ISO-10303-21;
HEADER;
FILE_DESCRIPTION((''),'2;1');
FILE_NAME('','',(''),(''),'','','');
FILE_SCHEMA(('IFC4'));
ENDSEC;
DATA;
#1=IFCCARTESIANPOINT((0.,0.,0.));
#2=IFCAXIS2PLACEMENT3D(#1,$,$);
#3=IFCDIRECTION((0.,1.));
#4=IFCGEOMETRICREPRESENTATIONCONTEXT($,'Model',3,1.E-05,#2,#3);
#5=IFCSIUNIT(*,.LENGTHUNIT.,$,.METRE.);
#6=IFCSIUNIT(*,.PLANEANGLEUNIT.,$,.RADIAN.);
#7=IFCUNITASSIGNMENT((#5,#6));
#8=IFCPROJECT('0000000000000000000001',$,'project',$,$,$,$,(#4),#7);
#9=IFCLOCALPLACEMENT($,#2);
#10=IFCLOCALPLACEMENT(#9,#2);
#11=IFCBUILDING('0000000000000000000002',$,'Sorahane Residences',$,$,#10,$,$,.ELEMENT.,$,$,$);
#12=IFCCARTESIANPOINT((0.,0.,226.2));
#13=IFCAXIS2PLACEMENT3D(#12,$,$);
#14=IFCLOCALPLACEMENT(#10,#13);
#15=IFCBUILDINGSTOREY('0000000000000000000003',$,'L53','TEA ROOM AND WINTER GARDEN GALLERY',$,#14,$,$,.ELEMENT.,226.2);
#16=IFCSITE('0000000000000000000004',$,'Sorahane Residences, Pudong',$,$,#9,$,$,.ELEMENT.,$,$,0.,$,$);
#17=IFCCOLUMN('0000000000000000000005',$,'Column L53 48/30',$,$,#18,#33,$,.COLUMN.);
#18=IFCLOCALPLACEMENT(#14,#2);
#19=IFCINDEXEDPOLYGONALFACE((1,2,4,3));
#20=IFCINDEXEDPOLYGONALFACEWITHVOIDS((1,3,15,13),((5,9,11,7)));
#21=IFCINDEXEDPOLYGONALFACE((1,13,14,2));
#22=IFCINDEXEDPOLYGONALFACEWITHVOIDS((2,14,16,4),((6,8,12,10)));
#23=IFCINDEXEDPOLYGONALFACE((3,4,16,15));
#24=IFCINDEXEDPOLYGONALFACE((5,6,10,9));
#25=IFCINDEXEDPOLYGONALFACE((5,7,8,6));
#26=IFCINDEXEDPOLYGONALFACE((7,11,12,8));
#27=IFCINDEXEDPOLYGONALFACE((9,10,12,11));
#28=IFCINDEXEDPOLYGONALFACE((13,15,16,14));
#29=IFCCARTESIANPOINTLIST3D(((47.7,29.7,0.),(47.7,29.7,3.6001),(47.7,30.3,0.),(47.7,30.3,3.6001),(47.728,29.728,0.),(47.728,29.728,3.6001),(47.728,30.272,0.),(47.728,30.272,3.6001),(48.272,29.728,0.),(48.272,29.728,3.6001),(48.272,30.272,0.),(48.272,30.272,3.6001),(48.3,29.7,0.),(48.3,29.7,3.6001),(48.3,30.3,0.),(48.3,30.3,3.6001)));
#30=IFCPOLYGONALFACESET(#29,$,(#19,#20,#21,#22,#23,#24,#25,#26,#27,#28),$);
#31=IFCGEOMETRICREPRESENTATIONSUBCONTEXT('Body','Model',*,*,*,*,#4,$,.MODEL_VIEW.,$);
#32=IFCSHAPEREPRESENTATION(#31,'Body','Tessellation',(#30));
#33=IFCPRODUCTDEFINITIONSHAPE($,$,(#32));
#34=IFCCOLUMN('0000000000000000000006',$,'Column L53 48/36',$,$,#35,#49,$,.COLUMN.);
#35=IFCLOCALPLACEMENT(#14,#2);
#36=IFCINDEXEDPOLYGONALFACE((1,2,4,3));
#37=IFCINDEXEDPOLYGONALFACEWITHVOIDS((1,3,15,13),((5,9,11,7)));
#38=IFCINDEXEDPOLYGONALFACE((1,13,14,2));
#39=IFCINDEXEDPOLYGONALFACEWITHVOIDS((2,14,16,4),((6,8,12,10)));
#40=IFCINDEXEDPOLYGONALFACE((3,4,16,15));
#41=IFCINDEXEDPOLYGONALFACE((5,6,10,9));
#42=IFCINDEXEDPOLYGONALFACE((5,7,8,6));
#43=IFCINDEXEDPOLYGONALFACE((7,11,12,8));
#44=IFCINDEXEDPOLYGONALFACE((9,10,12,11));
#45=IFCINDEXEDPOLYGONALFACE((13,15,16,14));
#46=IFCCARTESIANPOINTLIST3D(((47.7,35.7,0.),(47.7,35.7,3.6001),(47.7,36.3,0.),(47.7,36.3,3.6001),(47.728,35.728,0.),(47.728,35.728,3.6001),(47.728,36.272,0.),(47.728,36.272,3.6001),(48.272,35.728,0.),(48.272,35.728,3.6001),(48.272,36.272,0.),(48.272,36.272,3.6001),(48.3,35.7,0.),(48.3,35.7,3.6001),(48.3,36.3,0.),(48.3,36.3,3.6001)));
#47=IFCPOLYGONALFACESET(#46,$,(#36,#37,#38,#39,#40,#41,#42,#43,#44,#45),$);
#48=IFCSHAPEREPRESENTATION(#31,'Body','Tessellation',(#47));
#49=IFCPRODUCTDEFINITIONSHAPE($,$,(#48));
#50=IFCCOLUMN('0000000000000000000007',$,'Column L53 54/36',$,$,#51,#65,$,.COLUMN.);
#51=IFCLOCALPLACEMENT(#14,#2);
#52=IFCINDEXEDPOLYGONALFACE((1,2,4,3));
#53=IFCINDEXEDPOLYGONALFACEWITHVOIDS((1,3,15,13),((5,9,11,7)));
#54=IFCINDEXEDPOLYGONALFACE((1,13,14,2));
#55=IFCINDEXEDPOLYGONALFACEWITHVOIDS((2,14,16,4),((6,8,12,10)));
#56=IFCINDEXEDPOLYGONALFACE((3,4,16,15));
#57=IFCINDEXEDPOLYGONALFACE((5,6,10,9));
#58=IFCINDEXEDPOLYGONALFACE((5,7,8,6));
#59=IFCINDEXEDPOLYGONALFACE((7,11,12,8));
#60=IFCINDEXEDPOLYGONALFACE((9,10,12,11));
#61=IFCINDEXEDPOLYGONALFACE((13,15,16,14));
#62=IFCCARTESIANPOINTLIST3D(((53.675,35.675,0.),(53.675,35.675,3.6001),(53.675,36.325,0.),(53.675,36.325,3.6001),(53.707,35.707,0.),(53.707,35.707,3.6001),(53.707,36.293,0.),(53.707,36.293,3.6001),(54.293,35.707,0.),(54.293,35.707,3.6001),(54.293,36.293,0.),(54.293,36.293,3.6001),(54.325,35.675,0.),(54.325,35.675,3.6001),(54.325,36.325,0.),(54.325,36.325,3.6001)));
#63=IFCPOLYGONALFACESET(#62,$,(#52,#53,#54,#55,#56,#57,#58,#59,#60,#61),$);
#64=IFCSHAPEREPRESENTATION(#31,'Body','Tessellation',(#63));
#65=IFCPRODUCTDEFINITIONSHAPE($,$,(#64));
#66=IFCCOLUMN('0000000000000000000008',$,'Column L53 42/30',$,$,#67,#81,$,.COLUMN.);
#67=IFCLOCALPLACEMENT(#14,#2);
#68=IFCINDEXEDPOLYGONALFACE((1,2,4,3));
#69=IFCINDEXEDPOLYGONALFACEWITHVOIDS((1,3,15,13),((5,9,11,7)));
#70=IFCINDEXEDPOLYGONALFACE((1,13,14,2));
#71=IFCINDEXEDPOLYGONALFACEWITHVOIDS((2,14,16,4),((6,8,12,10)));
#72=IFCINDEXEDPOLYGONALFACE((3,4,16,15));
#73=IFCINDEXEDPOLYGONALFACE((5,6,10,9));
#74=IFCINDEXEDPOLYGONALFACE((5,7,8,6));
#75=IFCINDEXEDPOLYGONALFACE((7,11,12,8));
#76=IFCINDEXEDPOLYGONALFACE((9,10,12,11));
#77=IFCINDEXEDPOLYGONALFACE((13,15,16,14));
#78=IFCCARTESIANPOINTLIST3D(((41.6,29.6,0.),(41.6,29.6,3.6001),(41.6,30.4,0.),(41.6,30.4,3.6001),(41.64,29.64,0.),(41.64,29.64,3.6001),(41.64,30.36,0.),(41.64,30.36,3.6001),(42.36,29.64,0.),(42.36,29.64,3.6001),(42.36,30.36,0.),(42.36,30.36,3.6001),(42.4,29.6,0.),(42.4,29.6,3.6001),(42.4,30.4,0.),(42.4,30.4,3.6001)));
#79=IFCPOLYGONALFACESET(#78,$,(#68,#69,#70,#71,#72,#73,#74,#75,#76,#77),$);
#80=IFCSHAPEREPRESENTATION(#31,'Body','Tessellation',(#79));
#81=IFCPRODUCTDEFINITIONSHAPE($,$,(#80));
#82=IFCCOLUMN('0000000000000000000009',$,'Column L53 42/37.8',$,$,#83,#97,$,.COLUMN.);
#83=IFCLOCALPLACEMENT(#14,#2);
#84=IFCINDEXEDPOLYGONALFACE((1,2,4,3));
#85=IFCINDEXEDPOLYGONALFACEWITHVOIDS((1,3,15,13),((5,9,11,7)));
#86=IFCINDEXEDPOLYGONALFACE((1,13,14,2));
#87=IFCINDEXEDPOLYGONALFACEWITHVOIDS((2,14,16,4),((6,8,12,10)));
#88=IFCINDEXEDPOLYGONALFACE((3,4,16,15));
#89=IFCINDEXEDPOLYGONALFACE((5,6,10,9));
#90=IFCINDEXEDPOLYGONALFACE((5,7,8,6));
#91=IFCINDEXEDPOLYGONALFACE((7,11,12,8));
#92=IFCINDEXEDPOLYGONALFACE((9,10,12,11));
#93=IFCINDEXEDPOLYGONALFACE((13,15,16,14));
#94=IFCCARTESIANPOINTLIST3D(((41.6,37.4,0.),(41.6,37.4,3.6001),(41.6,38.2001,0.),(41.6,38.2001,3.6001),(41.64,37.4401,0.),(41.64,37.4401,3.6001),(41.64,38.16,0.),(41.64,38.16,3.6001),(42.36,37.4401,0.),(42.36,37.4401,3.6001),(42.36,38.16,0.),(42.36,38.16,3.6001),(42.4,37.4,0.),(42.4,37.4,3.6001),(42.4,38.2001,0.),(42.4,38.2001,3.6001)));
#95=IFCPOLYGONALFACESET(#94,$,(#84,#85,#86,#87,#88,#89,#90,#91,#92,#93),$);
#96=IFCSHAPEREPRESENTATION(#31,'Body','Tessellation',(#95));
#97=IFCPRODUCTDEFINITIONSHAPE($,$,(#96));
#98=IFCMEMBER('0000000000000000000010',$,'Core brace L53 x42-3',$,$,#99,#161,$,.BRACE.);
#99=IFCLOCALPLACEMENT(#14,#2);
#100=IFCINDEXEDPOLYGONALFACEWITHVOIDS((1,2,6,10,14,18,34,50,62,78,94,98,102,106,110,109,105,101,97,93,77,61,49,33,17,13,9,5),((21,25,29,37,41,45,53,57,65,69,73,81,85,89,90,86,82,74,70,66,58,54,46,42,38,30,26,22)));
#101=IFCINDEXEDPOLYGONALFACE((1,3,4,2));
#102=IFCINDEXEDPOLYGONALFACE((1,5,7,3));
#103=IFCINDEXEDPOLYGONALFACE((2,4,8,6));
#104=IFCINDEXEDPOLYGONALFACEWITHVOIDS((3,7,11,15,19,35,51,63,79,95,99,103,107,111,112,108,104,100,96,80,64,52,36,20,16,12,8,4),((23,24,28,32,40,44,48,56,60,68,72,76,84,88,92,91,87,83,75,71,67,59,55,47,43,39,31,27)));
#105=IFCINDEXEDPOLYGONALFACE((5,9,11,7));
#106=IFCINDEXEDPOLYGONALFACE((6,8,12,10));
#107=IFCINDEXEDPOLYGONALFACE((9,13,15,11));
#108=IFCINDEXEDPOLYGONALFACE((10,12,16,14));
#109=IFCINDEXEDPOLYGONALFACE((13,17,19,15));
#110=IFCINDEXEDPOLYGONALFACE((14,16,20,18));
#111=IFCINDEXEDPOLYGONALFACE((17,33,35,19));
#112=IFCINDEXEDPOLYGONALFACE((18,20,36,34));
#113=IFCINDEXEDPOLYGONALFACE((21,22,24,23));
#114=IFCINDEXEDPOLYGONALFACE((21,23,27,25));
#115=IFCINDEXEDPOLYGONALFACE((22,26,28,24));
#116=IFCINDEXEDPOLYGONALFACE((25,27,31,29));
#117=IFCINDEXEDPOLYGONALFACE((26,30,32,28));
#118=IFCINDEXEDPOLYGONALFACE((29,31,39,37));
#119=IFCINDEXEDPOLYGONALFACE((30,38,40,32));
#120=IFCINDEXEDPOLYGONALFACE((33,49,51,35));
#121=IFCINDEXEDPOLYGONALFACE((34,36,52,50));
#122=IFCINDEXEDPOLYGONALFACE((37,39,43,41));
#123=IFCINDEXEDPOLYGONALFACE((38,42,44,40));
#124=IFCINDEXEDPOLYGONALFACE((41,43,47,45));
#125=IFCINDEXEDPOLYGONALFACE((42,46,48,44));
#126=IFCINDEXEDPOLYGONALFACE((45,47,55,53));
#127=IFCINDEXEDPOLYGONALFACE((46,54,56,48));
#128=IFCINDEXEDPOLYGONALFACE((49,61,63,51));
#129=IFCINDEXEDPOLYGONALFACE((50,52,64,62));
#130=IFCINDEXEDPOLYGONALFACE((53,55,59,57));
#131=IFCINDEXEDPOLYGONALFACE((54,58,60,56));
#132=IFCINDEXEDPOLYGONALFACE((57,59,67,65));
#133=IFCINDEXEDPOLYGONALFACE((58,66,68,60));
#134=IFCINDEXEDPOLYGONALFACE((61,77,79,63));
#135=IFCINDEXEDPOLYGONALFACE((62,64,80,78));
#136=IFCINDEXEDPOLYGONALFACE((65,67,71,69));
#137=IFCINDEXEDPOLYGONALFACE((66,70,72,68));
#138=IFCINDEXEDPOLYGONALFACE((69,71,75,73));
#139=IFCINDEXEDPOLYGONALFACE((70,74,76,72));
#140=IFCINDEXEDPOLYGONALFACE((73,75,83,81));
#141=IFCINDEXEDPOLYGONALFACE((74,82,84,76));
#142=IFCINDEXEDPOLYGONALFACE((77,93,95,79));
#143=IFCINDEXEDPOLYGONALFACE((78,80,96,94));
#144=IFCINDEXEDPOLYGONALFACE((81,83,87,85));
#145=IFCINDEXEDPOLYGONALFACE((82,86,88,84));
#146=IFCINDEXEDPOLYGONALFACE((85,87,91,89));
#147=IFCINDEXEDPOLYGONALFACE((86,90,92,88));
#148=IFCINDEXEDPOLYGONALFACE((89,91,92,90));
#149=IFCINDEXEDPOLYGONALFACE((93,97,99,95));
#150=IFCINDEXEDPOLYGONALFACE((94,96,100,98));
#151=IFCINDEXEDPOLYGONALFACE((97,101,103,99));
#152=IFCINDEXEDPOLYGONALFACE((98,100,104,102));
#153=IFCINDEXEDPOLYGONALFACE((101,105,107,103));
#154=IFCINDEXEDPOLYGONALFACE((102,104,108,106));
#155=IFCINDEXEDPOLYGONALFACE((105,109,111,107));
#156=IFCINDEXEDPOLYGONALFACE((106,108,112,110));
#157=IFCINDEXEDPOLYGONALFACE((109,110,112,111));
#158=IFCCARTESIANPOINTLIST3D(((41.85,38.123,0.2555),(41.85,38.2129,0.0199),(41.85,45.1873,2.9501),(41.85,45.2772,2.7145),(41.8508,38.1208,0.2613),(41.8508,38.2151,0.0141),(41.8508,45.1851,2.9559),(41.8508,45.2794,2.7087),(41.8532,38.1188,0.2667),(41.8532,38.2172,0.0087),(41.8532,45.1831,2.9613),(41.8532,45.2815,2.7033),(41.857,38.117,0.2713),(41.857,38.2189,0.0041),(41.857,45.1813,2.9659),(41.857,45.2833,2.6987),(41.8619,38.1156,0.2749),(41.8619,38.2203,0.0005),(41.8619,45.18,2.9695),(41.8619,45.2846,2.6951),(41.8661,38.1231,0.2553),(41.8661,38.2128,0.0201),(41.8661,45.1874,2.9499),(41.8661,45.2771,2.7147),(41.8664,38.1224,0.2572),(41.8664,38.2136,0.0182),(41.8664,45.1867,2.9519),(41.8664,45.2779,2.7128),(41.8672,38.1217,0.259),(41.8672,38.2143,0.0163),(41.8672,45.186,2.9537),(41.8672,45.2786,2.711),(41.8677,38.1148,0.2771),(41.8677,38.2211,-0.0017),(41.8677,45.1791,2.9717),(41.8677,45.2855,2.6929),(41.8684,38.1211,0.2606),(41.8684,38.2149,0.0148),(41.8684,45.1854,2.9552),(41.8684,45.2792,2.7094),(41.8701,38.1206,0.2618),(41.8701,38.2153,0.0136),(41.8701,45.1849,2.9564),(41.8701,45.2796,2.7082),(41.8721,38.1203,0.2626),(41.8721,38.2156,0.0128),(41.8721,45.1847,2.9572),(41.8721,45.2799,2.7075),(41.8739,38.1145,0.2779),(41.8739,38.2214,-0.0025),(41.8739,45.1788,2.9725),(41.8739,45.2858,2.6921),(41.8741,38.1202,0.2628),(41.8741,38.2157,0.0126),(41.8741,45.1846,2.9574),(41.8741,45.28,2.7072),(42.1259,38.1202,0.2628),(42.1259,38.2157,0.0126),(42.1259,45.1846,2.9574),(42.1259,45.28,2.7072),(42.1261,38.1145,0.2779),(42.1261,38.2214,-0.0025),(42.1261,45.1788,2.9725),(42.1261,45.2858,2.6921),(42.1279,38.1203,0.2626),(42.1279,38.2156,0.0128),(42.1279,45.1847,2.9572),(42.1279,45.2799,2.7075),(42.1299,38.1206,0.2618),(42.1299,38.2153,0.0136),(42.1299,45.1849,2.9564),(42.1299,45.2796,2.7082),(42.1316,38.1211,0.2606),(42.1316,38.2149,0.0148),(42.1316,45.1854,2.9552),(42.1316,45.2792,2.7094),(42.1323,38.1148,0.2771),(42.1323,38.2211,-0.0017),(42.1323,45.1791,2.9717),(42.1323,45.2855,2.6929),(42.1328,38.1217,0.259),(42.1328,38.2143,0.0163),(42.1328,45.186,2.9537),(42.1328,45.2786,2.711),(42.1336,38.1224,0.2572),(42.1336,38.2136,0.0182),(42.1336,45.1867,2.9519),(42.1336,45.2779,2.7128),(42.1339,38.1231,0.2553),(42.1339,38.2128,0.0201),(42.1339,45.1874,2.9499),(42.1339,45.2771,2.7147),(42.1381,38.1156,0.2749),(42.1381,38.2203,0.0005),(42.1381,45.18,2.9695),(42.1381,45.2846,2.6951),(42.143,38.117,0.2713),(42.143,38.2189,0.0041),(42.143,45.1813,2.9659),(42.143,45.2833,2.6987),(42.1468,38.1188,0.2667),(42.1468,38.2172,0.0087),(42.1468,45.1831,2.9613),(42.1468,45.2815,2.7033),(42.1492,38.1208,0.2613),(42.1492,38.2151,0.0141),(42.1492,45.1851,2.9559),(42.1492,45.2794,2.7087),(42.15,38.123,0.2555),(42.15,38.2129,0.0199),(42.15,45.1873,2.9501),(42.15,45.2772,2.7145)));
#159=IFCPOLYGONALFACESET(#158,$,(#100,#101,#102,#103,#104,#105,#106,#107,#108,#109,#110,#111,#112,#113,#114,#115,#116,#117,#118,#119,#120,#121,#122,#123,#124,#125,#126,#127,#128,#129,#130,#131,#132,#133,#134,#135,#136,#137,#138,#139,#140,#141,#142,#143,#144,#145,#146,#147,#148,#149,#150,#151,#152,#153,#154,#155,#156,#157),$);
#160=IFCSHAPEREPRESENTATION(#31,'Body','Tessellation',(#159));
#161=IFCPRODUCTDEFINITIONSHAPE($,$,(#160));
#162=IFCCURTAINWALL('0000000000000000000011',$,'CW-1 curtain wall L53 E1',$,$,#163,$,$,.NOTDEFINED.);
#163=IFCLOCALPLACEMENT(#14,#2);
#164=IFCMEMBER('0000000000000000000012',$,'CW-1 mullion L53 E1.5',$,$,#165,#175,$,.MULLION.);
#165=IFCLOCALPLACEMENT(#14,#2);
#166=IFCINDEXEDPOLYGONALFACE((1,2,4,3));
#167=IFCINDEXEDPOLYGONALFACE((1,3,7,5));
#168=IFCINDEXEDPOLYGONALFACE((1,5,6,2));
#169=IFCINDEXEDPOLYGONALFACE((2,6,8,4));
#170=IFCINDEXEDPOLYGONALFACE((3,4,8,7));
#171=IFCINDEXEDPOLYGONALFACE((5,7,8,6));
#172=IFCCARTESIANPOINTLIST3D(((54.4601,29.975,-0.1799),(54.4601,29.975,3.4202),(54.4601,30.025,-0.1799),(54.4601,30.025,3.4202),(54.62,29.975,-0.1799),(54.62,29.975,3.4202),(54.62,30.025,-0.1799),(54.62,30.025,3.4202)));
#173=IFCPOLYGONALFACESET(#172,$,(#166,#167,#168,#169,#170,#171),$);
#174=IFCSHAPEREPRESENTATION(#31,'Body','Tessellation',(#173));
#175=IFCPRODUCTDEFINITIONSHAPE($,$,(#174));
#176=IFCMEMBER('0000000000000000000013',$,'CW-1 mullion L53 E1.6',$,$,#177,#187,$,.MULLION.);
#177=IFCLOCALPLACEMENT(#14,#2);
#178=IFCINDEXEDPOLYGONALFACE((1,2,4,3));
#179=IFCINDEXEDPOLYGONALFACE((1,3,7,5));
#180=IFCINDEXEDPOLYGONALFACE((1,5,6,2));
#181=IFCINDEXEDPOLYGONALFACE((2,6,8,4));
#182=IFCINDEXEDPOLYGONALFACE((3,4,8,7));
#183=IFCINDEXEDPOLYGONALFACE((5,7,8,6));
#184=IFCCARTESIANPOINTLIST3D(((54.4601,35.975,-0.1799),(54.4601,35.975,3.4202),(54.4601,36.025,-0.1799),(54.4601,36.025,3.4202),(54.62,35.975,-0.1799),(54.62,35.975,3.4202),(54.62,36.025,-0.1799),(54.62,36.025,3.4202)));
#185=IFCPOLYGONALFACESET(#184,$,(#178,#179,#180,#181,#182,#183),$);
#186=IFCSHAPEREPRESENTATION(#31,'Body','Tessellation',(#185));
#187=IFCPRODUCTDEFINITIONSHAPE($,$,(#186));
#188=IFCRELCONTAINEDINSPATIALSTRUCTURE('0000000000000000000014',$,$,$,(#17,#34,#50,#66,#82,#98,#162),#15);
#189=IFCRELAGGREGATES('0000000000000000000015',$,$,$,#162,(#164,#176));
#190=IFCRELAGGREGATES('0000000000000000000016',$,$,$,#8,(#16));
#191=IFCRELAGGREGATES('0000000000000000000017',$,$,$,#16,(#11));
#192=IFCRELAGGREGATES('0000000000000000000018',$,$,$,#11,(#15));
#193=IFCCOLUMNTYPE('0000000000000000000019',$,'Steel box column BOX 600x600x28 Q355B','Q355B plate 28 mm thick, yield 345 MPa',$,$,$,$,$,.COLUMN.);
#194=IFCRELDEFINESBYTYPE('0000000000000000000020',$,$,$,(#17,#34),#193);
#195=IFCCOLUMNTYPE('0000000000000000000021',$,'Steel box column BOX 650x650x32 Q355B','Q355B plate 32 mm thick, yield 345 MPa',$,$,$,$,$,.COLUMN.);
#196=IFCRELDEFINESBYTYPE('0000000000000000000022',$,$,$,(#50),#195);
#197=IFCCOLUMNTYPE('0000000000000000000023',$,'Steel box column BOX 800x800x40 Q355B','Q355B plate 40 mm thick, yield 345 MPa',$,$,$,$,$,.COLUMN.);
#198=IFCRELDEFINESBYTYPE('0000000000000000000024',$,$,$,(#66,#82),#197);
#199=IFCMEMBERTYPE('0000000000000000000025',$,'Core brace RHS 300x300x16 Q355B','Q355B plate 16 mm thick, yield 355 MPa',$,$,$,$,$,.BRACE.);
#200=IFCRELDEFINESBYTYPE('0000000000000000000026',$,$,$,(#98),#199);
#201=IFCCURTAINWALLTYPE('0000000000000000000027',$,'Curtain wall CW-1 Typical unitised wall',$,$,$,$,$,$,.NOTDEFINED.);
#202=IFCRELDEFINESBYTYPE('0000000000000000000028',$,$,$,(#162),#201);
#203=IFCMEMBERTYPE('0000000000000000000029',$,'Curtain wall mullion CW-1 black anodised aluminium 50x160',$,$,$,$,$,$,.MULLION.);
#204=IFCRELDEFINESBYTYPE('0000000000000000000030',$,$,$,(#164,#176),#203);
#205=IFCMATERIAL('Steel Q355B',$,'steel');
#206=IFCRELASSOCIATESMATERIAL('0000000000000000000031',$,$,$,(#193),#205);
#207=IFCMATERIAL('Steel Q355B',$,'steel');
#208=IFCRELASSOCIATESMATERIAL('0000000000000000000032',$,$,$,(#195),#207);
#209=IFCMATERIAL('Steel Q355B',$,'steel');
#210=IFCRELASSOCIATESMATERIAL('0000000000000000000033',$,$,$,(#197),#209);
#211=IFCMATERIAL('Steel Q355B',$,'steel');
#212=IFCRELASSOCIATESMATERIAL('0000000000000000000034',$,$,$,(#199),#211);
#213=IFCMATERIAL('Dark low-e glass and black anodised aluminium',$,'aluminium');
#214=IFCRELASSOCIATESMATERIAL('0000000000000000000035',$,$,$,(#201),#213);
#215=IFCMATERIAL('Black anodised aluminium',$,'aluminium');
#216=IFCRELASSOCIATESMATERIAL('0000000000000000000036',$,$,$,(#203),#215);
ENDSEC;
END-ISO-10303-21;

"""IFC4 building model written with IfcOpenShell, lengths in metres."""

from ifc_helpers import new_model, si_unit, direction, frame, origin, origin_2d, place, context, subcontext, project, spatial, rectangle, hollow_rectangle, extrude, material, material_profile, profile_set, type_object, element, aggregate, save


model = new_model("IFC4")

# Units and contexts
model_context = context("Model", 3, precision=1e-05, world=origin(), true_north=direction((0.0, 1.0)))
body_context = subcontext(model_context, "Body", "Model", "MODEL_VIEW")
ifc_project = project(units=[si_unit("LENGTHUNIT", "METRE"), si_unit("PLANEANGLEUNIT", "RADIAN")], contexts=[model_context])

# Site, building, storey
site_placement = place(None, origin())
site = spatial("IfcSite", under=ifc_project, at=site_placement, Name="Sorahane Residences, Pudong", CompositionType="ELEMENT", RefElevation=0.0)
building_placement = place(site_placement, origin())
building = spatial("IfcBuilding", under=site, at=building_placement, Name="Sorahane Residences", CompositionType="ELEMENT")
storey_placement = place(building_placement, frame((0.0, 0.0, 226.2)))
storey = spatial("IfcBuildingStorey", under=building, at=storey_placement, Name="L53", Description="TEA ROOM AND WINTER GARDEN GALLERY", CompositionType="ELEMENT", Elevation=226.2)

# Columns
ifc_material_1 = material(Name="Steel Q355B", Category="steel")
ifc_material_profile_1 = material_profile(ifc_material_1, hollow_rectangle(XDim=0.6001, YDim=0.6001, WallThickness=0.0281, at=origin_2d()), Name="BOX 600x600x28")
ifc_profile_set_1 = profile_set([ifc_material_profile_1], Name="Steel Q355B")
column_type_1 = type_object("IfcColumnType", Name="Steel box column BOX 600x600x28 Q355B", Description="Q355B plate 28 mm thick, yield 345 MPa", PredefinedType="COLUMN", material=ifc_profile_set_1)
for number, where, z_axis, x_axis, name in (
    (1, (48.0, 30.0, 0.0), (0.0, 0.0, 1.0), (1.0, 0.0, 0.0), "Column L53 48/30"),
    (2, (48.0, 36.0, 0.0), (0.0, 0.0, 1.0), (1.0, 0.0, 0.0), "Column L53 48/36"),
):
    element("IfcColumn", number, at=place(storey_placement, frame(where, z_axis=z_axis, x_axis=x_axis)), inside=storey, type_object=column_type_1, Name=name, PredefinedType="COLUMN", context=body_context, shape_type="SweptSolid", body=[
        extrude(hollow_rectangle(XDim=0.6001, YDim=0.6001, WallThickness=0.0281, at=origin_2d()), origin(), (0.0, 0.0, 1.0), 3.6001),
    ])
ifc_material_2 = material(Name="Steel Q355B", Category="steel")
ifc_material_profile_2 = material_profile(ifc_material_2, hollow_rectangle(XDim=0.6499, YDim=0.6499, WallThickness=0.032, at=origin_2d()), Name="BOX 650x650x32")
ifc_profile_set_2 = profile_set([ifc_material_profile_2], Name="Steel Q355B")
column_type_2 = type_object("IfcColumnType", Name="Steel box column BOX 650x650x32 Q355B", Description="Q355B plate 32 mm thick, yield 345 MPa", PredefinedType="COLUMN", material=ifc_profile_set_2)
column_placement = place(storey_placement, frame((54.0, 36.0, 0.0), z_axis=(0.0, 0.0, 1.0), x_axis=(1.0, 0.0, 0.0)))
element("IfcColumn", 3, at=column_placement, inside=storey, type_object=column_type_2, Name="Column L53 54/36", PredefinedType="COLUMN", context=body_context, shape_type="SweptSolid", body=[
    extrude(hollow_rectangle(XDim=0.6499, YDim=0.6499, WallThickness=0.032, at=origin_2d()), origin(), (0.0, 0.0, 1.0), 3.6001),
])
ifc_material_3 = material(Name="Steel Q355B", Category="steel")
ifc_material_profile_3 = material_profile(ifc_material_3, hollow_rectangle(XDim=0.8, YDim=0.8, WallThickness=0.04, at=origin_2d()), Name="BOX 800x800x40")
ifc_profile_set_3 = profile_set([ifc_material_profile_3], Name="Steel Q355B")
column_type_3 = type_object("IfcColumnType", Name="Steel box column BOX 800x800x40 Q355B", Description="Q355B plate 40 mm thick, yield 345 MPa", PredefinedType="COLUMN", material=ifc_profile_set_3)
for number, where, z_axis, x_axis, name in (
    (4, (42.0, 30.0, 0.0), (0.0, 0.0, 1.0), (1.0, 0.0, 0.0), "Column L53 42/30"),
    (5, (42.0, 37.8, 0.0), (0.0, 0.0, 1.0), (1.0, 0.0, 0.0), "Column L53 42/37.8"),
):
    element("IfcColumn", number, at=place(storey_placement, frame(where, z_axis=z_axis, x_axis=x_axis)), inside=storey, type_object=column_type_3, Name=name, PredefinedType="COLUMN", context=body_context, shape_type="SweptSolid", body=[
        extrude(hollow_rectangle(XDim=0.8, YDim=0.8, WallThickness=0.04, at=origin_2d()), origin(), (0.0, 0.0, 1.0), 3.6001),
    ])

# Member
ifc_material_4 = material(Name="Steel Q355B", Category="steel")
ifc_material_profile_4 = material_profile(ifc_material_4, hollow_rectangle(XDim=0.3, YDim=0.3, WallThickness=0.0161, InnerFilletRadius=0.0081, OuterFilletRadius=0.0239, at=origin_2d()), Name="RHS 300x300x16")
ifc_profile_set_4 = profile_set([ifc_material_profile_4], Name="Steel Q355B")
member_type_1 = type_object("IfcMemberType", Name="Core brace RHS 300x300x16 Q355B", Description="Q355B plate 16 mm thick, yield 355 MPa", PredefinedType="BRACE", material=ifc_profile_set_4)
member_1_placement = place(storey_placement, frame((42.0, 38.168, 0.1377), z_axis=(0.0, 0.934336, 0.356394), x_axis=(-1.0, 0.0, 0.0)))
element("IfcMember", 6, at=member_1_placement, inside=storey, type_object=member_type_1, Name="Core brace L53 x42-3", PredefinedType="BRACE", context=body_context, shape_type="SweptSolid", body=[
    extrude(hollow_rectangle(XDim=0.3, YDim=0.3, WallThickness=0.0161, InnerFilletRadius=0.0081, OuterFilletRadius=0.0239, at=origin_2d()), origin(), (0.0, 0.0, 1.0), 7.5608),
])

# Curtain wall, members
ifc_material_5 = material(Name="Dark low-e glass and black anodised aluminium", Category="aluminium")
curtain_wall_type = type_object("IfcCurtainWallType", Name="Curtain wall CW-1 Typical unitised wall", PredefinedType="NOTDEFINED", material=ifc_material_5)
curtain_wall_placement = place(storey_placement, origin())
curtain_wall = element("IfcCurtainWall", 7, at=curtain_wall_placement, inside=storey, type_object=curtain_wall_type, Name="CW-1 curtain wall L53 E1", PredefinedType="NOTDEFINED")
ifc_material_6 = material(Name="Black anodised aluminium", Category="aluminium")
ifc_material_profile_5 = material_profile(ifc_material_6, rectangle(XDim=0.1599, YDim=0.05, at=origin_2d()), Name="Curtain wall mullion CW-1 black anodised aluminium 50x160")
ifc_profile_set_5 = profile_set([ifc_material_profile_5], Name="Black anodised aluminium")
member_type_2 = type_object("IfcMemberType", Name="Curtain wall mullion CW-1 black anodised aluminium 50x160", PredefinedType="MULLION", material=ifc_profile_set_5)
member_2_placement = place(storey_placement, frame((54.54, 30.0, -0.1799), z_axis=(0.0, 0.0, 1.0), x_axis=(1.0, 0.0, 0.0)))
member_2 = element("IfcMember", 8, at=member_2_placement, type_object=member_type_2, Name="CW-1 mullion L53 E1.5", PredefinedType="MULLION", context=body_context, shape_type="SweptSolid", body=[
    extrude(rectangle(XDim=0.1599, YDim=0.05, at=origin_2d()), origin(), (0.0, 0.0, 1.0), 3.6001),
])
member_3_placement = place(storey_placement, frame((54.54, 36.0, -0.1799), z_axis=(0.0, 0.0, 1.0), x_axis=(1.0, 0.0, 0.0)))
member_3 = element("IfcMember", 9, at=member_3_placement, type_object=member_type_2, Name="CW-1 mullion L53 E1.6", PredefinedType="MULLION", context=body_context, shape_type="SweptSolid", body=[
    extrude(rectangle(XDim=0.1599, YDim=0.05, at=origin_2d()), origin(), (0.0, 0.0, 1.0), 3.6001),
])

aggregate(curtain_wall, [member_2, member_3])

save(model, "model.ifc")
